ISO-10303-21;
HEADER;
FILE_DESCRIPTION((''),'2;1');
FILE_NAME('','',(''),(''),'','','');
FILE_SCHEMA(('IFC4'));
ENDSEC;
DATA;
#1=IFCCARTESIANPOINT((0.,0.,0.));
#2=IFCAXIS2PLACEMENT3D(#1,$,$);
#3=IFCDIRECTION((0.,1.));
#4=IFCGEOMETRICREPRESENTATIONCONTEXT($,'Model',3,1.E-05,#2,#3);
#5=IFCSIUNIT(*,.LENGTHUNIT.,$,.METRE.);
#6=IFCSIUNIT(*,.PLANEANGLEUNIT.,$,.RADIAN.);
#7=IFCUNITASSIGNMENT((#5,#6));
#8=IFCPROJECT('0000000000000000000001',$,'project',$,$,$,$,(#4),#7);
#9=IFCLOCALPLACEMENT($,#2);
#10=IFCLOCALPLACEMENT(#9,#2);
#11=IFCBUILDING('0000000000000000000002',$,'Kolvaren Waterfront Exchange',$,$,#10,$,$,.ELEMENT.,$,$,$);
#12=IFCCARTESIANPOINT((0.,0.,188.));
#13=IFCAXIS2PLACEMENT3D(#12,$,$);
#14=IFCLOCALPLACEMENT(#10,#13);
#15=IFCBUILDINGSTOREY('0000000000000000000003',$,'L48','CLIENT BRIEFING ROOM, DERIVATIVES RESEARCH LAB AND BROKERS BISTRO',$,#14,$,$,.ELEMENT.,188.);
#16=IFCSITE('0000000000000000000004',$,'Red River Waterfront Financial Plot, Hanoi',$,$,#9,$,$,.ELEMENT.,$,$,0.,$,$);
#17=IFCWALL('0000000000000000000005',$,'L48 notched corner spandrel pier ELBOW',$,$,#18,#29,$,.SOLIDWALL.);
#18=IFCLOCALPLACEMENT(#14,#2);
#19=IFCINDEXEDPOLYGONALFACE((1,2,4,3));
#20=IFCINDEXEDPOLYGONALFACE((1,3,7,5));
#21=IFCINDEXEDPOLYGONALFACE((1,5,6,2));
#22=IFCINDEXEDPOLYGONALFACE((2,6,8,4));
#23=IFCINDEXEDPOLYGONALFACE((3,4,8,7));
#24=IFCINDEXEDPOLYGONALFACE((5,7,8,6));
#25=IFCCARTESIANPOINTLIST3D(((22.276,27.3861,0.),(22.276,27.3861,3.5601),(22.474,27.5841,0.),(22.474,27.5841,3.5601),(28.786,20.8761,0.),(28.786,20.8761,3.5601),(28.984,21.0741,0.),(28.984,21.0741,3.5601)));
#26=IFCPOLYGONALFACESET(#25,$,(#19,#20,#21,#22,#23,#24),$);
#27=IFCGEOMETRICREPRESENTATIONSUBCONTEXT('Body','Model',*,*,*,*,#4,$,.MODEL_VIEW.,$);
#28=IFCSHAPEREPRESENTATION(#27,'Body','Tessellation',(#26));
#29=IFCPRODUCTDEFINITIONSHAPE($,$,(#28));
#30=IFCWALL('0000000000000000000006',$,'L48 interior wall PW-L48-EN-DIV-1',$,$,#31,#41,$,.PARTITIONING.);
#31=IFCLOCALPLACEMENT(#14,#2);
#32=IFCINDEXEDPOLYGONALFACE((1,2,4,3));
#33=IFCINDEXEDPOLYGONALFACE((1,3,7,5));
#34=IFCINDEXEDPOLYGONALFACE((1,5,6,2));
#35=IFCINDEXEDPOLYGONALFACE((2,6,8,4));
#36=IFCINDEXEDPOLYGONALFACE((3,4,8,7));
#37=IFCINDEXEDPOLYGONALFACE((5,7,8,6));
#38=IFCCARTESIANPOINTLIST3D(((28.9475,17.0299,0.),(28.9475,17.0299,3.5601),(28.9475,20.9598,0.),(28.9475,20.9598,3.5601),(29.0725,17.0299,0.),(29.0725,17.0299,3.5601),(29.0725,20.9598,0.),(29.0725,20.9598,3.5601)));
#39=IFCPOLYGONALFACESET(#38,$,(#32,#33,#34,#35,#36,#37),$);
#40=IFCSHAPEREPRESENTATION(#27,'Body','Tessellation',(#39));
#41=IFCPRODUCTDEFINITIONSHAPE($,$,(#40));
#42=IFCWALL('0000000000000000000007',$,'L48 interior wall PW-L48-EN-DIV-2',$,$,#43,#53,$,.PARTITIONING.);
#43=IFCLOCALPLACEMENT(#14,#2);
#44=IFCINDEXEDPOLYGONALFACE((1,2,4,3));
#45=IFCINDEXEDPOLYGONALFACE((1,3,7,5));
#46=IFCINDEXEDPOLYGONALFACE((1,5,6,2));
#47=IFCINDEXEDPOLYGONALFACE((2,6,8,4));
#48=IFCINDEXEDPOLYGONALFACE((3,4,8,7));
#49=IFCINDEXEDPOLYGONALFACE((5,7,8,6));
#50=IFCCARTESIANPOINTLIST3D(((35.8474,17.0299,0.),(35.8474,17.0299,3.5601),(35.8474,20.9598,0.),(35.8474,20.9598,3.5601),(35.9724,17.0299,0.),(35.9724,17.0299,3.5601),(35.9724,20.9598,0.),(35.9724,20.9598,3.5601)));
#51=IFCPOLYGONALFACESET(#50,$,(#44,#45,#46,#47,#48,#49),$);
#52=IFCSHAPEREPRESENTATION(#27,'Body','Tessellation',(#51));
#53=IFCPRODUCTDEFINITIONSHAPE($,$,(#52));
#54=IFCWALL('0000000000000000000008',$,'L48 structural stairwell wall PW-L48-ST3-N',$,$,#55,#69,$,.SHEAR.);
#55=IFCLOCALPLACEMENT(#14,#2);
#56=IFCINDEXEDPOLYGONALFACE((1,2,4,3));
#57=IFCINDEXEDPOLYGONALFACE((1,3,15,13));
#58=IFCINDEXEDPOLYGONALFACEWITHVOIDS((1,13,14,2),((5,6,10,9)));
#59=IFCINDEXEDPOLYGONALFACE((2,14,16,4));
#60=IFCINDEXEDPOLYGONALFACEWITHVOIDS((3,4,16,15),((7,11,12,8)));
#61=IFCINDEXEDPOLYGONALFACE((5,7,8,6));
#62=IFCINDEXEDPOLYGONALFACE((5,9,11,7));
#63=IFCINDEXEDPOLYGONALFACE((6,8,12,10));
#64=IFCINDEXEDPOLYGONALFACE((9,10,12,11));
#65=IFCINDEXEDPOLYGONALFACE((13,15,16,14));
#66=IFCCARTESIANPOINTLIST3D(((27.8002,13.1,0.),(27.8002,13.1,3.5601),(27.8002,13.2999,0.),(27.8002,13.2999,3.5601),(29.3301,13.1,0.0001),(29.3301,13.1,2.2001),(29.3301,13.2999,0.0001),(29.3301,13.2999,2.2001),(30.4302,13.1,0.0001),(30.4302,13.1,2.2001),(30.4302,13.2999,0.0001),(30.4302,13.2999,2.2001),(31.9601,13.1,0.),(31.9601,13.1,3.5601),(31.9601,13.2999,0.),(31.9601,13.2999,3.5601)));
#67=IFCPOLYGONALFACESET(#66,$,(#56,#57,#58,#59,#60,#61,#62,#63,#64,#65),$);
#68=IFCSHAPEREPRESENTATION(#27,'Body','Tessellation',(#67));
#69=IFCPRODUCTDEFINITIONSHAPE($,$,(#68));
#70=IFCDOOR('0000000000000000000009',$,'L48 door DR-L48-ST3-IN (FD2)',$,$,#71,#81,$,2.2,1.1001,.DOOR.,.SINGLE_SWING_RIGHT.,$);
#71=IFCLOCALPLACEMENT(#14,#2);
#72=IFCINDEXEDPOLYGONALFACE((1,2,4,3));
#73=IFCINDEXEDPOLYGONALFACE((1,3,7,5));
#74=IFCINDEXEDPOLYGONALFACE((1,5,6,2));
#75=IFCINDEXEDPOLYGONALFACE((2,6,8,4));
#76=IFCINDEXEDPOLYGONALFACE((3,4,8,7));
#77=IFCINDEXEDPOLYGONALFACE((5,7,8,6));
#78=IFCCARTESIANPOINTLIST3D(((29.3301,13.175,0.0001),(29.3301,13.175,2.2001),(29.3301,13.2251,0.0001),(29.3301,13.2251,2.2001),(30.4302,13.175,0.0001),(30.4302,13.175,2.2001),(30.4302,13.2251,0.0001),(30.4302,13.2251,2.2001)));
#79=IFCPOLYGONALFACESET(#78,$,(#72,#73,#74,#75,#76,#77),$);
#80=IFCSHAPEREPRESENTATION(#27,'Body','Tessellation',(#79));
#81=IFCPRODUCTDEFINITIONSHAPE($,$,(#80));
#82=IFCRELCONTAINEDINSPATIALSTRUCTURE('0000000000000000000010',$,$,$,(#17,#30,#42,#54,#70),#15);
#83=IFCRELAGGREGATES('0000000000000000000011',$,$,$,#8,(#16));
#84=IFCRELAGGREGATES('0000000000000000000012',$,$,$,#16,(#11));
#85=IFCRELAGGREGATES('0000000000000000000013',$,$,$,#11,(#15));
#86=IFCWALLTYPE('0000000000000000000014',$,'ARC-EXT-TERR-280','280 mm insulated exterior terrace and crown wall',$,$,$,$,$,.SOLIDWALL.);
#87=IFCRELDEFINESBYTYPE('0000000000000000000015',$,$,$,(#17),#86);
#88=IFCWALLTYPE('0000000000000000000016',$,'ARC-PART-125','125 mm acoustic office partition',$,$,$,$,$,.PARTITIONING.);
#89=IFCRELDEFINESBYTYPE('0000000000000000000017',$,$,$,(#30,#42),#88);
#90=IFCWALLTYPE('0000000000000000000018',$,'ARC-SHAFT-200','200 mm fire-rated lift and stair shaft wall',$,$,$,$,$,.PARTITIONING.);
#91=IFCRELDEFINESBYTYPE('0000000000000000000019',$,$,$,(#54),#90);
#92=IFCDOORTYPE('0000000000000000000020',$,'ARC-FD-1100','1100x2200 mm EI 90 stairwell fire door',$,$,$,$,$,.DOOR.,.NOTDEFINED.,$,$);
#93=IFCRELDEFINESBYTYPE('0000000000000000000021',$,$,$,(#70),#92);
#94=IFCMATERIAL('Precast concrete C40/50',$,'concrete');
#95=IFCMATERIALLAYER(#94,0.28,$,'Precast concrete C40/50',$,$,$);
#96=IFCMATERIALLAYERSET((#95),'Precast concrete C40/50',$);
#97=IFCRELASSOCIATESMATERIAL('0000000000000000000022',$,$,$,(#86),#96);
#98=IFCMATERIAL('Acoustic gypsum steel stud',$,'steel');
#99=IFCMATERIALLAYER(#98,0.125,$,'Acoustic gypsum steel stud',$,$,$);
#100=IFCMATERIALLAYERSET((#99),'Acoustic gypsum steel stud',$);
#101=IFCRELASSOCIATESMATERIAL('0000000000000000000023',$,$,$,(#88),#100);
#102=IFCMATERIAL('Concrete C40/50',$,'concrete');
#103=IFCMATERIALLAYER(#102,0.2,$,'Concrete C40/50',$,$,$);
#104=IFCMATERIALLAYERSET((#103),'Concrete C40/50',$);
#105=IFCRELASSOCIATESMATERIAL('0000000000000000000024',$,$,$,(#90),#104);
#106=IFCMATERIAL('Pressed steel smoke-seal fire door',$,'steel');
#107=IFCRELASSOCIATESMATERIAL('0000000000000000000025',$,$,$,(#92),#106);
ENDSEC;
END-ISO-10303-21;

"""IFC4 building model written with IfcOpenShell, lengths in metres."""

from ifc_helpers import new_model, si_unit, direction, frame, frame_2d, origin, place, context, subcontext, project, spatial, rectangle, extrude, material, layer, layer_set, type_object, element, fill, save


model = new_model("IFC4")

# Units and contexts
model_context = context("Model", 3, precision=1e-05, world=origin(), true_north=direction((0.0, 1.0)))
body_context = subcontext(model_context, "Body", "Model", "MODEL_VIEW")
ifc_project = project(units=[si_unit("LENGTHUNIT", "METRE"), si_unit("PLANEANGLEUNIT", "RADIAN")], contexts=[model_context])

# Site, building, storey
site_placement = place(None, origin())
site = spatial("IfcSite", under=ifc_project, at=site_placement, Name="Red River Waterfront Financial Plot, Hanoi", CompositionType="ELEMENT", RefElevation=0.0)
building_placement = place(site_placement, origin())
building = spatial("IfcBuilding", under=site, at=building_placement, Name="Kolvaren Waterfront Exchange", CompositionType="ELEMENT")
storey_placement = place(building_placement, frame((0.0, 0.0, 188.0)))
storey = spatial("IfcBuildingStorey", under=building, at=storey_placement, Name="L48", Description="CLIENT BRIEFING ROOM, DERIVATIVES RESEARCH LAB AND BROKERS BISTRO", CompositionType="ELEMENT", Elevation=188.0)

# Walls
ifc_material_1 = material(Name="Precast concrete C40/50", Category="concrete")
ifc_layer_1 = layer(ifc_material_1, 0.28, Name="Precast concrete C40/50")
ifc_layer_set_1 = layer_set([ifc_layer_1], Name="Precast concrete C40/50")
wall_type_1 = type_object("IfcWallType", Name="ARC-EXT-TERR-280", Description="280 mm insulated exterior terrace and crown wall", PredefinedType="SOLIDWALL", material=ifc_layer_set_1)
wall_1_placement = place(storey_placement, frame((28.885, 20.9751, 0.0), z_axis=(0.0, 0.0, 1.0), x_axis=(-0.707107, 0.707107, 0.0)))
element("IfcWall", 1, at=wall_1_placement, inside=storey, type_object=wall_type_1, Name="L48 notched corner spandrel pier ELBOW", PredefinedType="SOLIDWALL", context=body_context, shape_type="SweptSolid", body=[
    extrude(rectangle(XDim=9.2065, YDim=0.28, at=frame_2d((4.6033, 0.0))), origin(), (0.0, 0.0, 1.0), 3.5601),
])
ifc_material_2 = material(Name="Acoustic gypsum steel stud", Category="steel")
ifc_layer_2 = layer(ifc_material_2, 0.125, Name="Acoustic gypsum steel stud")
ifc_layer_set_2 = layer_set([ifc_layer_2], Name="Acoustic gypsum steel stud")
wall_type_2 = type_object("IfcWallType", Name="ARC-PART-125", Description="125 mm acoustic office partition", PredefinedType="PARTITIONING", material=ifc_layer_set_2)
for number, where, z_axis, x_axis, name in (
    (2, (29.01, 17.03, 0.0), (0.0, 0.0, 1.0), (0.0, 1.0, 0.0), "L48 interior wall PW-L48-EN-DIV-1"),
    (3, (35.9099, 17.03, 0.0), (0.0, 0.0, 1.0), (0.0, 1.0, 0.0), "L48 interior wall PW-L48-EN-DIV-2"),
):
    element("IfcWall", number, at=place(storey_placement, frame(where, z_axis=z_axis, x_axis=x_axis)), inside=storey, type_object=wall_type_2, Name=name, PredefinedType="PARTITIONING", context=body_context, shape_type="SweptSolid", body=[
        extrude(rectangle(XDim=3.9299, YDim=0.125, at=frame_2d((1.9648, 0.0))), origin(), (0.0, 0.0, 1.0), 3.5601),
    ])

# Wall, opening, door
ifc_material_3 = material(Name="Concrete C40/50", Category="concrete")
ifc_layer_3 = layer(ifc_material_3, 0.2, Name="Concrete C40/50")
ifc_layer_set_3 = layer_set([ifc_layer_3], Name="Concrete C40/50")
wall_type_3 = type_object("IfcWallType", Name="ARC-SHAFT-200", Description="200 mm fire-rated lift and stair shaft wall", PredefinedType="PARTITIONING", material=ifc_layer_set_3)
wall_2_placement = place(storey_placement, frame((27.8, 13.2, 0.0), z_axis=(0.0, 0.0, 1.0), x_axis=(1.0, 0.0, 0.0)))
wall_2 = element("IfcWall", 4, at=wall_2_placement, inside=storey, type_object=wall_type_3, Name="L48 structural stairwell wall PW-L48-ST3-N", PredefinedType="SHEAR", context=body_context, shape_type="SweptSolid", body=[
    extrude(rectangle(XDim=4.1599, YDim=0.2, at=frame_2d((2.0801, 0.0))), origin(), (0.0, 0.0, 1.0), 3.5601),
])
opening_1_placement = place(wall_2_placement, frame((1.53, 0.0, 0.0)))
opening_1 = element("IfcOpeningElement", 5, at=opening_1_placement, cuts=wall_2, PredefinedType="OPENING", context=body_context, shape_type="SweptSolid", body=[
    extrude(rectangle(XDim=1.1001, YDim=2.2, at=frame_2d((0.55, 1.1001))), frame((0.0, 0.1099, 0.0), z_axis=(0.0, -1.0, 0.0), x_axis=(1.0, 0.0, 0.0)), (0.0, 0.0, 1.0), 0.22),
])
ifc_material_4 = material(Name="Pressed steel smoke-seal fire door", Category="steel")
door_type_1 = type_object("IfcDoorType", Name="ARC-FD-1100", Description="1100x2200 mm EI 90 stairwell fire door", OperationType="NOTDEFINED", PredefinedType="DOOR", material=ifc_material_4)
door_1_placement = place(opening_1_placement, frame((1.1001, 0.0, 0.0), z_axis=(0.0, 0.0, 1.0), x_axis=(-1.0, 0.0, 0.0)))
door_1 = element("IfcDoor", 6, at=door_1_placement, inside=storey, type_object=door_type_1, Name="L48 door DR-L48-ST3-IN (FD2)", OperationType="SINGLE_SWING_RIGHT", OverallHeight=2.2, OverallWidth=1.1001, PredefinedType="DOOR", context=body_context, shape_type="SweptSolid", body=[
    extrude(rectangle(XDim=1.1001, YDim=2.2, at=frame_2d((0.55, 1.1001))), frame((0.0, 0.0249, 0.0), z_axis=(0.0, -1.0, 0.0), x_axis=(1.0, 0.0, 0.0)), (0.0, 0.0, 1.0), 0.05),
])
fill(opening_1, door_1)

save(model, "model.ifc")
